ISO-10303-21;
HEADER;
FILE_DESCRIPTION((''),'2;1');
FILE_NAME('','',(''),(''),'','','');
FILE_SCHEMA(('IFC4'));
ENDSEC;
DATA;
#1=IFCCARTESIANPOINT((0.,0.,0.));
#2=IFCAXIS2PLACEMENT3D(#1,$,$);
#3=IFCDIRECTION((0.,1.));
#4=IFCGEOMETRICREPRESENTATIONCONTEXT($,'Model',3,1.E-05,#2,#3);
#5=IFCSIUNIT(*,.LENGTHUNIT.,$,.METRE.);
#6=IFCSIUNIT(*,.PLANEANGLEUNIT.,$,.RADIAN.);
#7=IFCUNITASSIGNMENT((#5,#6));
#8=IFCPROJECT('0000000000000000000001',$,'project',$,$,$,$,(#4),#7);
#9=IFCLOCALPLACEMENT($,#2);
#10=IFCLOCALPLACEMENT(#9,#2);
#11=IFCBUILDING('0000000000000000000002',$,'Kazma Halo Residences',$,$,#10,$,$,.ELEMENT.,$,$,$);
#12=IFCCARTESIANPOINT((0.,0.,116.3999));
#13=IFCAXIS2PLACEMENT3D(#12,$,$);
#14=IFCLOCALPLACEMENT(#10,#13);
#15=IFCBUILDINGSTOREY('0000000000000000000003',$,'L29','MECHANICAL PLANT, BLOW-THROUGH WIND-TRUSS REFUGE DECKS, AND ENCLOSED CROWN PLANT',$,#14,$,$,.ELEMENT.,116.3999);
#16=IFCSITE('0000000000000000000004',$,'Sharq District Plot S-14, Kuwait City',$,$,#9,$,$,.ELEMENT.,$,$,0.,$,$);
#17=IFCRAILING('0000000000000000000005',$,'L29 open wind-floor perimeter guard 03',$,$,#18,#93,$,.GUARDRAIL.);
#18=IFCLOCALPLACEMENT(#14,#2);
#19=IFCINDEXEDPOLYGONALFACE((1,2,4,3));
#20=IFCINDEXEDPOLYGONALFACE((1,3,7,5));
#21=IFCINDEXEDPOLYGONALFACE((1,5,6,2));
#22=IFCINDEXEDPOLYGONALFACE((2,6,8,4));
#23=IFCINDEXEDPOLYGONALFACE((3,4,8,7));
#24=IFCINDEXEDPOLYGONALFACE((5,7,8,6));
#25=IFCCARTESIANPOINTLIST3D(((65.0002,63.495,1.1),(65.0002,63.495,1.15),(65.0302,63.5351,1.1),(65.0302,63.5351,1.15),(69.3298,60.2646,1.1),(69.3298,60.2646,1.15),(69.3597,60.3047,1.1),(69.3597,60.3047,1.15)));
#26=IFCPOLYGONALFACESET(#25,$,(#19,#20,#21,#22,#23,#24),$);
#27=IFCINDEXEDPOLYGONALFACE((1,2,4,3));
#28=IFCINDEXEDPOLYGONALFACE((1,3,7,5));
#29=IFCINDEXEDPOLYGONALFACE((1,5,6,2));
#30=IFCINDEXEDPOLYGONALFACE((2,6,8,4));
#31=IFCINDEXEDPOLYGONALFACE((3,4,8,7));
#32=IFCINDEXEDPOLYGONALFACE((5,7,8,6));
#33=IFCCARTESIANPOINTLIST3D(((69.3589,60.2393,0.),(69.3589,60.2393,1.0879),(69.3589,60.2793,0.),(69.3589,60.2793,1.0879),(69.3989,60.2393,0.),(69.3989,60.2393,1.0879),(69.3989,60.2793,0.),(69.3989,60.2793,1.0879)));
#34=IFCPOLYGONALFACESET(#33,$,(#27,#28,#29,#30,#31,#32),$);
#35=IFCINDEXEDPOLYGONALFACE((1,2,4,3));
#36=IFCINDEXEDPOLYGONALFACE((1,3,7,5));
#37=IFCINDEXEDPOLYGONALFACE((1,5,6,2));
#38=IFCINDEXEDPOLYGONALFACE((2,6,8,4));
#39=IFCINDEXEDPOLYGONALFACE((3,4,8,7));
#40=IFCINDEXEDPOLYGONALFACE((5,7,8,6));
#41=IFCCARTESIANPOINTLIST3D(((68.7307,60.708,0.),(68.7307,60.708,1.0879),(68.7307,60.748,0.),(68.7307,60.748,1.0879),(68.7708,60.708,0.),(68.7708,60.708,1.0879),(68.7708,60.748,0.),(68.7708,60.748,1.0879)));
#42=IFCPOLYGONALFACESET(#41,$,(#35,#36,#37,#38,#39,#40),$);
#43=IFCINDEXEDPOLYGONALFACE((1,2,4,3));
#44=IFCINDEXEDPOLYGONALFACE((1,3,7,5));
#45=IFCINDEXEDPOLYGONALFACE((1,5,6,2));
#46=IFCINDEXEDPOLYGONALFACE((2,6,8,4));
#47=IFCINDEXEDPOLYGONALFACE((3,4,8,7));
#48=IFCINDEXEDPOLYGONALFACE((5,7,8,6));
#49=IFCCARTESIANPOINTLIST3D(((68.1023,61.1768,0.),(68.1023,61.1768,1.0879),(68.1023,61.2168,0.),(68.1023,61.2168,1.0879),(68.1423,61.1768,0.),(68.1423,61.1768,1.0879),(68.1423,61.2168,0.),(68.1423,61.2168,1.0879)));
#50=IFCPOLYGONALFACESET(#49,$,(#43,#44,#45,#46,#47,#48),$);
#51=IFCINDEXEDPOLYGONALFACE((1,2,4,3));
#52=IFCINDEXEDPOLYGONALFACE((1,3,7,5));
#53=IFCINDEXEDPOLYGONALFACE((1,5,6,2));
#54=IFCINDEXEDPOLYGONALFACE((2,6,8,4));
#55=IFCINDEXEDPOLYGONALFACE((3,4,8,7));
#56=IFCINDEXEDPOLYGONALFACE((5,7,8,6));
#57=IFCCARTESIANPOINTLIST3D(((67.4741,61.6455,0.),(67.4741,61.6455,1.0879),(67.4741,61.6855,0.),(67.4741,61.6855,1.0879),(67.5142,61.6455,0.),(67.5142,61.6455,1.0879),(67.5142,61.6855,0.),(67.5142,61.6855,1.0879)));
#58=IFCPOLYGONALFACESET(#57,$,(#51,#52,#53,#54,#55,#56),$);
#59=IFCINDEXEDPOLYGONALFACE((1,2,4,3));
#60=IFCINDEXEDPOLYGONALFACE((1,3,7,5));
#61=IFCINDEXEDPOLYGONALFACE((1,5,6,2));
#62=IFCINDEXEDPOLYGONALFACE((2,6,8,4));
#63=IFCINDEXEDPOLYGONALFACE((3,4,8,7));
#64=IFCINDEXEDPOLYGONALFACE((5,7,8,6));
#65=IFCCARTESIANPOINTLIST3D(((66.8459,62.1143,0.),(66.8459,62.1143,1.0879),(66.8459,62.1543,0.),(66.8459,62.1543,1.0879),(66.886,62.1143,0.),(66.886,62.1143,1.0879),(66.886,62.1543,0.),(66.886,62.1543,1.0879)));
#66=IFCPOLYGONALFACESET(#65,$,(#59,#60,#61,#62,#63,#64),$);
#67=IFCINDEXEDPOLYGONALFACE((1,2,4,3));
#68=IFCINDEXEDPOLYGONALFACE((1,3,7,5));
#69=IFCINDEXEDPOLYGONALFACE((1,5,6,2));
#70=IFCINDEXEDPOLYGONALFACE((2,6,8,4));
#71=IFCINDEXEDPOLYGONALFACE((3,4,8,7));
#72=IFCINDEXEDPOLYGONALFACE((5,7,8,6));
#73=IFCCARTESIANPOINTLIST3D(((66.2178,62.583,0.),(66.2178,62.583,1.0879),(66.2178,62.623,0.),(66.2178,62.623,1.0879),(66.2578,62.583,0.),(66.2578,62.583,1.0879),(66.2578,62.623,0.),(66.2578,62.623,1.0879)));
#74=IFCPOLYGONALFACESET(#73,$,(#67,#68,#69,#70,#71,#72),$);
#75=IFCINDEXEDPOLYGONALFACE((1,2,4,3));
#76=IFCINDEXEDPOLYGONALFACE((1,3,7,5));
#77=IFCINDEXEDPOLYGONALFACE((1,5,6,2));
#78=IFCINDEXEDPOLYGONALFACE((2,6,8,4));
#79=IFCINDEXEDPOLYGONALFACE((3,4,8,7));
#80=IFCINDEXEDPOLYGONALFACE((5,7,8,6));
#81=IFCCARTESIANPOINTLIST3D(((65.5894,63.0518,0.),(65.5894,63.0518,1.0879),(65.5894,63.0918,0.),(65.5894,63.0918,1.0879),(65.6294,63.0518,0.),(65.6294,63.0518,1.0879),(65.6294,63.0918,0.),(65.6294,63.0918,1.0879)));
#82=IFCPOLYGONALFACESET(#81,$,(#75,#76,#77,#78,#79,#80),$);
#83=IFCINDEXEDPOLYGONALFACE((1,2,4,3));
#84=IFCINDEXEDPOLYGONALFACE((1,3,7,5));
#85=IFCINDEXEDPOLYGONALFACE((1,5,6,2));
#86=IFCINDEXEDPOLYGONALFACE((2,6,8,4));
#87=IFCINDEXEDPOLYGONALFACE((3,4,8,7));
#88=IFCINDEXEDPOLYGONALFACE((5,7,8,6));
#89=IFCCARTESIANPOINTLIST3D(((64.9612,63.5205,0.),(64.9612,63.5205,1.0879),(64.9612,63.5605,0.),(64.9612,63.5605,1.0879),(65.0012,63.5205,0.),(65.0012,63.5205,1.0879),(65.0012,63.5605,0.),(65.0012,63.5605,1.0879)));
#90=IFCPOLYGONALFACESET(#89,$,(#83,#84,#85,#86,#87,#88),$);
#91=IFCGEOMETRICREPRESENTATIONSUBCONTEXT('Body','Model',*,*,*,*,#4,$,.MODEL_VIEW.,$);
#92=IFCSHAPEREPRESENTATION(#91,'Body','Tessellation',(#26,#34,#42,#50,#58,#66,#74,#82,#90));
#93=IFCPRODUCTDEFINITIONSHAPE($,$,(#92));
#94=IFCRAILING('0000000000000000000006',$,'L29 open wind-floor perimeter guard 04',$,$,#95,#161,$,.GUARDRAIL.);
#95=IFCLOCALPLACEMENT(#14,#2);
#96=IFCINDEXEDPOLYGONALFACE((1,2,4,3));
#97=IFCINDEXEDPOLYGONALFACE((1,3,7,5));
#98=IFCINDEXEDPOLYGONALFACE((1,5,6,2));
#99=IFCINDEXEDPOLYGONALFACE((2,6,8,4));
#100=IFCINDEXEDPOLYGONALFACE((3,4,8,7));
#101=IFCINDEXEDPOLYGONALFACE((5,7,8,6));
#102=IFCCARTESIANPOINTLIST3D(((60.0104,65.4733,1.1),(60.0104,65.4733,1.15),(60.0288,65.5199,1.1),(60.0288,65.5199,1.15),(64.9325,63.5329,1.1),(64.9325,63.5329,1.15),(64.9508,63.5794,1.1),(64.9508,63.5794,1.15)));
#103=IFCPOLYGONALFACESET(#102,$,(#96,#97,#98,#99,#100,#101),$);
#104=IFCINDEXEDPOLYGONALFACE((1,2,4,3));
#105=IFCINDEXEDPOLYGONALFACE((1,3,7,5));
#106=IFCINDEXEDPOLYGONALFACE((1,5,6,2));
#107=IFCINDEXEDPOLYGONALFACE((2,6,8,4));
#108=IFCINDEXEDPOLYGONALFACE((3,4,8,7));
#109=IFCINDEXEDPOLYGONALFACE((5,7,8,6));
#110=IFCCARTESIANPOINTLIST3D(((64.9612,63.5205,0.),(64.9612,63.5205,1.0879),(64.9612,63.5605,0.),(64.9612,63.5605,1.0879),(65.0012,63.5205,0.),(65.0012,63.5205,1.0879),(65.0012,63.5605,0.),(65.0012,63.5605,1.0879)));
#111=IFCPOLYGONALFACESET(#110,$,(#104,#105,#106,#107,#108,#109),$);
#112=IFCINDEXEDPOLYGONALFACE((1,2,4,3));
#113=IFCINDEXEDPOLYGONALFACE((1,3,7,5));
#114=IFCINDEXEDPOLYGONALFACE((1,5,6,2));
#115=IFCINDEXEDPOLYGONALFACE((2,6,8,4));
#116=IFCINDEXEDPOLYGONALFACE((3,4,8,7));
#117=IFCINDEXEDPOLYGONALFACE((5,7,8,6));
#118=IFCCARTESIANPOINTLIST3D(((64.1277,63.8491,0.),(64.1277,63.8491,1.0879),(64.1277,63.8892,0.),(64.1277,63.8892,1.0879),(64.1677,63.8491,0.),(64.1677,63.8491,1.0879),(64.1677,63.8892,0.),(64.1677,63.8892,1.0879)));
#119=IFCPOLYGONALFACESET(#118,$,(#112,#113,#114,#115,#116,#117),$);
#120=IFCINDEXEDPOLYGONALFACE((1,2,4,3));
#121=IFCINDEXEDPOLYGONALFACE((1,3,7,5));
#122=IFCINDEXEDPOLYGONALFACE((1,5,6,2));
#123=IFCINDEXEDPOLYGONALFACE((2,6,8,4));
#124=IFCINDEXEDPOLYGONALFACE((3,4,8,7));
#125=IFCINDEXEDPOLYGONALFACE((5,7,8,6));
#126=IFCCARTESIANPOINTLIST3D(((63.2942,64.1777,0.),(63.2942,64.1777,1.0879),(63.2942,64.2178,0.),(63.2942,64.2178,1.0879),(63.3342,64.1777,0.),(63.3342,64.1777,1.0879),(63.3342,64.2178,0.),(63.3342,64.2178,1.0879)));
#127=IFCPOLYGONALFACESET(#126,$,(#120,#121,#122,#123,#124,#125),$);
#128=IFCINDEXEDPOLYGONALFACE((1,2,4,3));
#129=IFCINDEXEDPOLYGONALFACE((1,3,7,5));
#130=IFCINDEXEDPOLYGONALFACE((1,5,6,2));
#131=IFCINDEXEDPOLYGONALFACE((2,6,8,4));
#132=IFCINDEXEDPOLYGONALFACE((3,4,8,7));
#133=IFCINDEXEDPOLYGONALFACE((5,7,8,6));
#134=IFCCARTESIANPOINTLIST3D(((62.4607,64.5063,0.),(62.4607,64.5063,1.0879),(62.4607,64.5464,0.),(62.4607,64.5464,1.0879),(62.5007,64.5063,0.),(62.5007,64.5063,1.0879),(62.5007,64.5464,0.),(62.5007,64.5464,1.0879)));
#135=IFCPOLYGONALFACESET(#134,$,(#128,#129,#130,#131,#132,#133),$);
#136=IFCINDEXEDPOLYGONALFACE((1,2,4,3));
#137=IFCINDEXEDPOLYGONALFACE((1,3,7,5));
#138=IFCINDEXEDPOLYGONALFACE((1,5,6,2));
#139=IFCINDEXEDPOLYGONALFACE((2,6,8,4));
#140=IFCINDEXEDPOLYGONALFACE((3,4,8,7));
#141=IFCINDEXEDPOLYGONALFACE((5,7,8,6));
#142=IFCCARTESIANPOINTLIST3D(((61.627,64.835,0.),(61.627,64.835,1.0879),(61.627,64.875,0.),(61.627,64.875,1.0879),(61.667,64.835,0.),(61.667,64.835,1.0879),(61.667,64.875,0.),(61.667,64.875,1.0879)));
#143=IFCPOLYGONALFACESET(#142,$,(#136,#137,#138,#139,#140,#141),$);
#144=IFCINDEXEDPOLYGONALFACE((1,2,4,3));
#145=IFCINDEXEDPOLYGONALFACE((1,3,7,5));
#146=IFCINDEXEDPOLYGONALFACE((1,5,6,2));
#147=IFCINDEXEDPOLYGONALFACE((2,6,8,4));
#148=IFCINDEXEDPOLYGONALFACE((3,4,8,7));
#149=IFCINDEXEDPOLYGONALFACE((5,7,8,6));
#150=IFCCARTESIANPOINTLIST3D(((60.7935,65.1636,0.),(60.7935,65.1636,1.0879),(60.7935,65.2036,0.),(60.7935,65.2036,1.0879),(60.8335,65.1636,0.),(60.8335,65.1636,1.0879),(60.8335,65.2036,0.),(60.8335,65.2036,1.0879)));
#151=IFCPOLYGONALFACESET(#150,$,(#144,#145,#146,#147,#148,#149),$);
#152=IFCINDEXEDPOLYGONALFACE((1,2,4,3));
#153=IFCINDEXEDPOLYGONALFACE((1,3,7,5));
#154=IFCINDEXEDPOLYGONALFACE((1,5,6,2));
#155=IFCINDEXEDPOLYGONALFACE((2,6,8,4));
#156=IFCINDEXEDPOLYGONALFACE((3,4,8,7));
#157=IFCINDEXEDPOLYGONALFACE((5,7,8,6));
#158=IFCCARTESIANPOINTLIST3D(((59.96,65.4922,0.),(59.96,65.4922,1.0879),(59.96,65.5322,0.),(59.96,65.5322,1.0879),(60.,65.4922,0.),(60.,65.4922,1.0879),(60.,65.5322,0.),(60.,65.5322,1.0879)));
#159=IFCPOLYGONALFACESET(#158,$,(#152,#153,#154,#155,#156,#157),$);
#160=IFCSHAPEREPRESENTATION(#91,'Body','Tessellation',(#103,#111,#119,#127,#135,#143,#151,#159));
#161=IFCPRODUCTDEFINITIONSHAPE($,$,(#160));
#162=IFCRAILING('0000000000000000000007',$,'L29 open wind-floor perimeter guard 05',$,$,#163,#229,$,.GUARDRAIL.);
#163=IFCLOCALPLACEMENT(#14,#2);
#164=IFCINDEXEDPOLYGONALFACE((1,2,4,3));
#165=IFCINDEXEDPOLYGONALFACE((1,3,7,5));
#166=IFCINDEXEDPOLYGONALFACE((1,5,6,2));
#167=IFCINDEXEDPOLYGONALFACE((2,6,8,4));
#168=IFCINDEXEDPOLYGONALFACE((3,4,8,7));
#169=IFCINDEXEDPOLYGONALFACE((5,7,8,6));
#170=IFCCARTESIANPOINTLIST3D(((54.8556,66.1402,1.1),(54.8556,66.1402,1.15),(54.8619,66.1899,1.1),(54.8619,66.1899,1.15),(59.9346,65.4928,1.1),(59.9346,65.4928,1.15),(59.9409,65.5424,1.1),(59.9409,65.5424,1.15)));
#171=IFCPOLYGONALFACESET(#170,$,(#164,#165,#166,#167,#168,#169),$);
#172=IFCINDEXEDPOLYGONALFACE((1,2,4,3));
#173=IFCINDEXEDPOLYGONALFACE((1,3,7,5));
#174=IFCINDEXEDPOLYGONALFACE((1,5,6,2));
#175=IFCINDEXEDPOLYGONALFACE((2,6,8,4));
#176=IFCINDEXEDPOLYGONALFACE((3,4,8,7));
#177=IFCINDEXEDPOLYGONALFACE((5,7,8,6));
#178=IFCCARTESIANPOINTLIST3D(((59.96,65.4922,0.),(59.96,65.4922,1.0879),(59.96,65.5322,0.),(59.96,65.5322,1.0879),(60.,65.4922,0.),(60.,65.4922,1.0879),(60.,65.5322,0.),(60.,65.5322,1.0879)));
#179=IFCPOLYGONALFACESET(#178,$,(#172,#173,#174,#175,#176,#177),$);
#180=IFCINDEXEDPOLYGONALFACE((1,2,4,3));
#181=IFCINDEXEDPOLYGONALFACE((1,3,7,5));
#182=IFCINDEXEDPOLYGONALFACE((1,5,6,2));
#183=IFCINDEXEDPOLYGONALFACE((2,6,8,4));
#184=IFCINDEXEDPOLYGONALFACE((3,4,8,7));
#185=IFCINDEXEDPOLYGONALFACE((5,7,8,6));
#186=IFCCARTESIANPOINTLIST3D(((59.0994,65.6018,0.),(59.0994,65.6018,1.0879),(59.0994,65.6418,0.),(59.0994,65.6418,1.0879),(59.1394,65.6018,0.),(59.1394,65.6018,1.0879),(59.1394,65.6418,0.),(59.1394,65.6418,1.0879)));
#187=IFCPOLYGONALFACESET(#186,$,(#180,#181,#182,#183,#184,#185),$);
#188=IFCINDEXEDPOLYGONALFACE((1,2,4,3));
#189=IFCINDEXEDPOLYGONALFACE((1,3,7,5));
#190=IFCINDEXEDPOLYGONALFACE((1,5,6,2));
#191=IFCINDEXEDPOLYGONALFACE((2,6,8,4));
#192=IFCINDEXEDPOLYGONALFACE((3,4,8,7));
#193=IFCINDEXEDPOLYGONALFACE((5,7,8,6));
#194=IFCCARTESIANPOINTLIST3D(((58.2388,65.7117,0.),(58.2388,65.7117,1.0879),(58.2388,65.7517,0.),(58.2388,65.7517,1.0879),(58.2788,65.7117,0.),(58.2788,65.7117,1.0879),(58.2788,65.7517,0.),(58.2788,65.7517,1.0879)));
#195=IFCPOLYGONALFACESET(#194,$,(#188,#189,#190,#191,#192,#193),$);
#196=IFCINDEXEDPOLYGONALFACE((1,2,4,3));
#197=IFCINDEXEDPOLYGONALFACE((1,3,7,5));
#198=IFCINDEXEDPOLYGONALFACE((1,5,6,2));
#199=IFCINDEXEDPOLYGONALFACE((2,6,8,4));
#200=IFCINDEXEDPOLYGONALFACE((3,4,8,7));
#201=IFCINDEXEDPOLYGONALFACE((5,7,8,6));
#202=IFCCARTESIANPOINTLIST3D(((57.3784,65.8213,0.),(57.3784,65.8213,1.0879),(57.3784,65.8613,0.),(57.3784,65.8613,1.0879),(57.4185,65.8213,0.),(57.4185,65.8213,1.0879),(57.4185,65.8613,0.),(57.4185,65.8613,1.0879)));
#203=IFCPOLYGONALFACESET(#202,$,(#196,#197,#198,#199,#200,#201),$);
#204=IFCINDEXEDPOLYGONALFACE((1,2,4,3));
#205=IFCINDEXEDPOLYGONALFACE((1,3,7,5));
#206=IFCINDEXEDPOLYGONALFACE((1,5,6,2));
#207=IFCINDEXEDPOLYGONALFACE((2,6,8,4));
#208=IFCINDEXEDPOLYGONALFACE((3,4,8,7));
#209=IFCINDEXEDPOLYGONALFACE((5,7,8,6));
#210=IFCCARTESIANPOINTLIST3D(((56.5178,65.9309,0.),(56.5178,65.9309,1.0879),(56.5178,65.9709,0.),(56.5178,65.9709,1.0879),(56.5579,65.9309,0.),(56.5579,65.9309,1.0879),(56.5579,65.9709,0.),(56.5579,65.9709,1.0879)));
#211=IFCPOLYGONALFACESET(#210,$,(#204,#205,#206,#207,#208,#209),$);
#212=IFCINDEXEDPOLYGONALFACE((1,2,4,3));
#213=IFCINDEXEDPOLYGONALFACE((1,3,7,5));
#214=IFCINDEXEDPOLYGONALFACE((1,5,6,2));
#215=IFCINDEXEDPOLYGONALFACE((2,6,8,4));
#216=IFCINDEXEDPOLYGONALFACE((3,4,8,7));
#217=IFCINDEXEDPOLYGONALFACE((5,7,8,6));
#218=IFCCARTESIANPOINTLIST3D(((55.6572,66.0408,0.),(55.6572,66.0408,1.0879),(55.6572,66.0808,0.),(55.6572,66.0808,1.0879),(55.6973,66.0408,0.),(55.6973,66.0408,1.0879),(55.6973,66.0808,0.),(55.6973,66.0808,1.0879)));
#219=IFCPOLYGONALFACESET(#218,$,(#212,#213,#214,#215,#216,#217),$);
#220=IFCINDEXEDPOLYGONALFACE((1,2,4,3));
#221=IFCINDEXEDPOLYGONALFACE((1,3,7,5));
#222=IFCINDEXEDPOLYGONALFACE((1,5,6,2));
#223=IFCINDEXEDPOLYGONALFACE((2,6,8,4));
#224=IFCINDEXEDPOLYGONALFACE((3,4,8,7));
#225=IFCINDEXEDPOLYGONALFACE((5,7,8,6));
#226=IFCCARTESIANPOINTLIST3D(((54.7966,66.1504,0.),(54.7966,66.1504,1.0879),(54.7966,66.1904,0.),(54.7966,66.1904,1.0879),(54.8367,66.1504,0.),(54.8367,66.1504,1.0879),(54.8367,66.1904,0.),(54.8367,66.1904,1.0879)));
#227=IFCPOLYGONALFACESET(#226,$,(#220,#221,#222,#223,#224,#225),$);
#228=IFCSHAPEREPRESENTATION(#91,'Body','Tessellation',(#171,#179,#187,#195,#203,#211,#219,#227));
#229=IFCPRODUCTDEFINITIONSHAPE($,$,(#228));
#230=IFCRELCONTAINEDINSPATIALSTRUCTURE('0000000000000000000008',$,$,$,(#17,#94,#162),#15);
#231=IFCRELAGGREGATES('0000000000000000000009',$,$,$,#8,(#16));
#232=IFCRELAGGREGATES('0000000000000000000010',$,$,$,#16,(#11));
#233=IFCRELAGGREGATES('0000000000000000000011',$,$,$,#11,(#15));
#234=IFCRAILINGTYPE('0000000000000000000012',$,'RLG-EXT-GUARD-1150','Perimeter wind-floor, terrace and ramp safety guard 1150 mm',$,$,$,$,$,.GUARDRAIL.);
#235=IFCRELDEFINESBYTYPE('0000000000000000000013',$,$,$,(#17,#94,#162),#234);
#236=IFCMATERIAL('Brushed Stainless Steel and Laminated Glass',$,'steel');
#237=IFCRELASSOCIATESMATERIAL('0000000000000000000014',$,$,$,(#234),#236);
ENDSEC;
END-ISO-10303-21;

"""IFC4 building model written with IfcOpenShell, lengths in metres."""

from ifc_helpers import new_model, si_unit, direction, frame, origin, origin_2d, place, context, subcontext, project, spatial, rectangle, extrude, material, type_object, element, save


model = new_model("IFC4")

# Units and contexts
model_context = context("Model", 3, precision=1e-05, world=origin(), true_north=direction((0.0, 1.0)))
body_context = subcontext(model_context, "Body", "Model", "MODEL_VIEW")
ifc_project = project(units=[si_unit("LENGTHUNIT", "METRE"), si_unit("PLANEANGLEUNIT", "RADIAN")], contexts=[model_context])

# Site, building, storey
site_placement = place(None, origin())
site = spatial("IfcSite", under=ifc_project, at=site_placement, Name="Sharq District Plot S-14, Kuwait City", CompositionType="ELEMENT", RefElevation=0.0)
building_placement = place(site_placement, origin())
building = spatial("IfcBuilding", under=site, at=building_placement, Name="Kazma Halo Residences", CompositionType="ELEMENT")
storey_placement = place(building_placement, frame((0.0, 0.0, 116.3999)))
storey = spatial("IfcBuildingStorey", under=building, at=storey_placement, Name="L29", Description="MECHANICAL PLANT, BLOW-THROUGH WIND-TRUSS REFUGE DECKS, AND ENCLOSED CROWN PLANT", CompositionType="ELEMENT", Elevation=116.3999)

# Railings
ifc_material_1 = material(Name="Brushed Stainless Steel and Laminated Glass", Category="steel")
railing_type = type_object("IfcRailingType", Name="RLG-EXT-GUARD-1150", Description="Perimeter wind-floor, terrace and ramp safety guard 1150 mm", PredefinedType="GUARDRAIL", material=ifc_material_1)
railing_1_placement = place(storey_placement, frame((69.3789, 60.2593, 0.0)))
element("IfcRailing", 1, at=railing_1_placement, inside=storey, type_object=railing_type, Name="L29 open wind-floor perimeter guard 03", PredefinedType="GUARDRAIL", context=body_context, shape_type="SweptSolid", body=[
    extrude(rectangle(XDim=0.05, YDim=0.05, at=origin_2d()), frame((-0.0342, 0.0254, 1.125), z_axis=(-0.801487, 0.598012, 0.0), x_axis=(-0.598012, -0.801487, 0.0)), (0.0, 0.0, 1.0), 5.4019),
    extrude(rectangle(XDim=0.04, YDim=0.04, at=origin_2d()), origin(), (0.0, 0.0, 1.0), 1.0879),
    extrude(rectangle(XDim=0.04, YDim=0.04, at=origin_2d()), frame((-0.6282, 0.4688, 0.0)), (0.0, 0.0, 1.0), 1.0879),
    extrude(rectangle(XDim=0.04, YDim=0.04, at=origin_2d()), frame((-1.2566, 0.9375, 0.0)), (0.0, 0.0, 1.0), 1.0879),
    extrude(rectangle(XDim=0.04, YDim=0.04, at=origin_2d()), frame((-1.8848, 1.4062, 0.0)), (0.0, 0.0, 1.0), 1.0879),
    extrude(rectangle(XDim=0.04, YDim=0.04, at=origin_2d()), frame((-2.5129, 1.875, 0.0)), (0.0, 0.0, 1.0), 1.0879),
    extrude(rectangle(XDim=0.04, YDim=0.04, at=origin_2d()), frame((-3.1411, 2.3438, 0.0)), (0.0, 0.0, 1.0), 1.0879),
    extrude(rectangle(XDim=0.04, YDim=0.04, at=origin_2d()), frame((-3.7695, 2.8125, 0.0)), (0.0, 0.0, 1.0), 1.0879),
    extrude(rectangle(XDim=0.04, YDim=0.04, at=origin_2d()), frame((-4.3977, 3.2812, 0.0)), (0.0, 0.0, 1.0), 1.0879),
])
railing_2_placement = place(storey_placement, frame((64.9812, 63.5405, 0.0)))
element("IfcRailing", 2, at=railing_2_placement, inside=storey, type_object=railing_type, Name="L29 open wind-floor perimeter guard 04", PredefinedType="GUARDRAIL", context=body_context, shape_type="SweptSolid", body=[
    extrude(rectangle(XDim=0.05, YDim=0.05, at=origin_2d()), frame((-0.0396, 0.0156, 1.125), z_axis=(-0.930313, 0.366766, 0.0), x_axis=(-0.366766, -0.930313, 0.0)), (0.0, 0.0, 1.0), 5.2908),
    extrude(rectangle(XDim=0.04, YDim=0.04, at=origin_2d()), origin(), (0.0, 0.0, 1.0), 1.0879),
    extrude(rectangle(XDim=0.04, YDim=0.04, at=origin_2d()), frame((-0.8335, 0.3286, 0.0)), (0.0, 0.0, 1.0), 1.0879),
    extrude(rectangle(XDim=0.04, YDim=0.04, at=origin_2d()), frame((-1.667, 0.6572, 0.0)), (0.0, 0.0, 1.0), 1.0879),
    extrude(rectangle(XDim=0.04, YDim=0.04, at=origin_2d()), frame((-2.5005, 0.9858, 0.0)), (0.0, 0.0, 1.0), 1.0879),
    extrude(rectangle(XDim=0.04, YDim=0.04, at=origin_2d()), frame((-3.3342, 1.3145, 0.0)), (0.0, 0.0, 1.0), 1.0879),
    extrude(rectangle(XDim=0.04, YDim=0.04, at=origin_2d()), frame((-4.1677, 1.6431, 0.0)), (0.0, 0.0, 1.0), 1.0879),
    extrude(rectangle(XDim=0.04, YDim=0.04, at=origin_2d()), frame((-5.0012, 1.9717, 0.0)), (0.0, 0.0, 1.0), 1.0879),
])
railing_3_placement = place(storey_placement, frame((59.98, 65.5122, 0.0)))
element("IfcRailing", 3, at=railing_3_placement, inside=storey, type_object=railing_type, Name="L29 open wind-floor perimeter guard 05", PredefinedType="GUARDRAIL", context=body_context, shape_type="SweptSolid", body=[
    extrude(rectangle(XDim=0.05, YDim=0.05, at=origin_2d()), frame((-0.0422, 0.0054, 1.125), z_axis=(-0.991973, 0.126453, 0.0), x_axis=(-0.126453, -0.991973, 0.0)), (0.0, 0.0, 1.0), 5.1201),
    extrude(rectangle(XDim=0.04, YDim=0.04, at=origin_2d()), origin(), (0.0, 0.0, 1.0), 1.0879),
    extrude(rectangle(XDim=0.04, YDim=0.04, at=origin_2d()), frame((-0.8606, 0.1096, 0.0)), (0.0, 0.0, 1.0), 1.0879),
    extrude(rectangle(XDim=0.04, YDim=0.04, at=origin_2d()), frame((-1.7212, 0.2195, 0.0)), (0.0, 0.0, 1.0), 1.0879),
    extrude(rectangle(XDim=0.04, YDim=0.04, at=origin_2d()), frame((-2.5815, 0.3291, 0.0)), (0.0, 0.0, 1.0), 1.0879),
    extrude(rectangle(XDim=0.04, YDim=0.04, at=origin_2d()), frame((-3.4421, 0.4387, 0.0)), (0.0, 0.0, 1.0), 1.0879),
    extrude(rectangle(XDim=0.04, YDim=0.04, at=origin_2d()), frame((-4.3027, 0.5486, 0.0)), (0.0, 0.0, 1.0), 1.0879),
    extrude(rectangle(XDim=0.04, YDim=0.04, at=origin_2d()), frame((-5.1633, 0.6582, 0.0)), (0.0, 0.0, 1.0), 1.0879),
])

save(model, "model.ifc")
